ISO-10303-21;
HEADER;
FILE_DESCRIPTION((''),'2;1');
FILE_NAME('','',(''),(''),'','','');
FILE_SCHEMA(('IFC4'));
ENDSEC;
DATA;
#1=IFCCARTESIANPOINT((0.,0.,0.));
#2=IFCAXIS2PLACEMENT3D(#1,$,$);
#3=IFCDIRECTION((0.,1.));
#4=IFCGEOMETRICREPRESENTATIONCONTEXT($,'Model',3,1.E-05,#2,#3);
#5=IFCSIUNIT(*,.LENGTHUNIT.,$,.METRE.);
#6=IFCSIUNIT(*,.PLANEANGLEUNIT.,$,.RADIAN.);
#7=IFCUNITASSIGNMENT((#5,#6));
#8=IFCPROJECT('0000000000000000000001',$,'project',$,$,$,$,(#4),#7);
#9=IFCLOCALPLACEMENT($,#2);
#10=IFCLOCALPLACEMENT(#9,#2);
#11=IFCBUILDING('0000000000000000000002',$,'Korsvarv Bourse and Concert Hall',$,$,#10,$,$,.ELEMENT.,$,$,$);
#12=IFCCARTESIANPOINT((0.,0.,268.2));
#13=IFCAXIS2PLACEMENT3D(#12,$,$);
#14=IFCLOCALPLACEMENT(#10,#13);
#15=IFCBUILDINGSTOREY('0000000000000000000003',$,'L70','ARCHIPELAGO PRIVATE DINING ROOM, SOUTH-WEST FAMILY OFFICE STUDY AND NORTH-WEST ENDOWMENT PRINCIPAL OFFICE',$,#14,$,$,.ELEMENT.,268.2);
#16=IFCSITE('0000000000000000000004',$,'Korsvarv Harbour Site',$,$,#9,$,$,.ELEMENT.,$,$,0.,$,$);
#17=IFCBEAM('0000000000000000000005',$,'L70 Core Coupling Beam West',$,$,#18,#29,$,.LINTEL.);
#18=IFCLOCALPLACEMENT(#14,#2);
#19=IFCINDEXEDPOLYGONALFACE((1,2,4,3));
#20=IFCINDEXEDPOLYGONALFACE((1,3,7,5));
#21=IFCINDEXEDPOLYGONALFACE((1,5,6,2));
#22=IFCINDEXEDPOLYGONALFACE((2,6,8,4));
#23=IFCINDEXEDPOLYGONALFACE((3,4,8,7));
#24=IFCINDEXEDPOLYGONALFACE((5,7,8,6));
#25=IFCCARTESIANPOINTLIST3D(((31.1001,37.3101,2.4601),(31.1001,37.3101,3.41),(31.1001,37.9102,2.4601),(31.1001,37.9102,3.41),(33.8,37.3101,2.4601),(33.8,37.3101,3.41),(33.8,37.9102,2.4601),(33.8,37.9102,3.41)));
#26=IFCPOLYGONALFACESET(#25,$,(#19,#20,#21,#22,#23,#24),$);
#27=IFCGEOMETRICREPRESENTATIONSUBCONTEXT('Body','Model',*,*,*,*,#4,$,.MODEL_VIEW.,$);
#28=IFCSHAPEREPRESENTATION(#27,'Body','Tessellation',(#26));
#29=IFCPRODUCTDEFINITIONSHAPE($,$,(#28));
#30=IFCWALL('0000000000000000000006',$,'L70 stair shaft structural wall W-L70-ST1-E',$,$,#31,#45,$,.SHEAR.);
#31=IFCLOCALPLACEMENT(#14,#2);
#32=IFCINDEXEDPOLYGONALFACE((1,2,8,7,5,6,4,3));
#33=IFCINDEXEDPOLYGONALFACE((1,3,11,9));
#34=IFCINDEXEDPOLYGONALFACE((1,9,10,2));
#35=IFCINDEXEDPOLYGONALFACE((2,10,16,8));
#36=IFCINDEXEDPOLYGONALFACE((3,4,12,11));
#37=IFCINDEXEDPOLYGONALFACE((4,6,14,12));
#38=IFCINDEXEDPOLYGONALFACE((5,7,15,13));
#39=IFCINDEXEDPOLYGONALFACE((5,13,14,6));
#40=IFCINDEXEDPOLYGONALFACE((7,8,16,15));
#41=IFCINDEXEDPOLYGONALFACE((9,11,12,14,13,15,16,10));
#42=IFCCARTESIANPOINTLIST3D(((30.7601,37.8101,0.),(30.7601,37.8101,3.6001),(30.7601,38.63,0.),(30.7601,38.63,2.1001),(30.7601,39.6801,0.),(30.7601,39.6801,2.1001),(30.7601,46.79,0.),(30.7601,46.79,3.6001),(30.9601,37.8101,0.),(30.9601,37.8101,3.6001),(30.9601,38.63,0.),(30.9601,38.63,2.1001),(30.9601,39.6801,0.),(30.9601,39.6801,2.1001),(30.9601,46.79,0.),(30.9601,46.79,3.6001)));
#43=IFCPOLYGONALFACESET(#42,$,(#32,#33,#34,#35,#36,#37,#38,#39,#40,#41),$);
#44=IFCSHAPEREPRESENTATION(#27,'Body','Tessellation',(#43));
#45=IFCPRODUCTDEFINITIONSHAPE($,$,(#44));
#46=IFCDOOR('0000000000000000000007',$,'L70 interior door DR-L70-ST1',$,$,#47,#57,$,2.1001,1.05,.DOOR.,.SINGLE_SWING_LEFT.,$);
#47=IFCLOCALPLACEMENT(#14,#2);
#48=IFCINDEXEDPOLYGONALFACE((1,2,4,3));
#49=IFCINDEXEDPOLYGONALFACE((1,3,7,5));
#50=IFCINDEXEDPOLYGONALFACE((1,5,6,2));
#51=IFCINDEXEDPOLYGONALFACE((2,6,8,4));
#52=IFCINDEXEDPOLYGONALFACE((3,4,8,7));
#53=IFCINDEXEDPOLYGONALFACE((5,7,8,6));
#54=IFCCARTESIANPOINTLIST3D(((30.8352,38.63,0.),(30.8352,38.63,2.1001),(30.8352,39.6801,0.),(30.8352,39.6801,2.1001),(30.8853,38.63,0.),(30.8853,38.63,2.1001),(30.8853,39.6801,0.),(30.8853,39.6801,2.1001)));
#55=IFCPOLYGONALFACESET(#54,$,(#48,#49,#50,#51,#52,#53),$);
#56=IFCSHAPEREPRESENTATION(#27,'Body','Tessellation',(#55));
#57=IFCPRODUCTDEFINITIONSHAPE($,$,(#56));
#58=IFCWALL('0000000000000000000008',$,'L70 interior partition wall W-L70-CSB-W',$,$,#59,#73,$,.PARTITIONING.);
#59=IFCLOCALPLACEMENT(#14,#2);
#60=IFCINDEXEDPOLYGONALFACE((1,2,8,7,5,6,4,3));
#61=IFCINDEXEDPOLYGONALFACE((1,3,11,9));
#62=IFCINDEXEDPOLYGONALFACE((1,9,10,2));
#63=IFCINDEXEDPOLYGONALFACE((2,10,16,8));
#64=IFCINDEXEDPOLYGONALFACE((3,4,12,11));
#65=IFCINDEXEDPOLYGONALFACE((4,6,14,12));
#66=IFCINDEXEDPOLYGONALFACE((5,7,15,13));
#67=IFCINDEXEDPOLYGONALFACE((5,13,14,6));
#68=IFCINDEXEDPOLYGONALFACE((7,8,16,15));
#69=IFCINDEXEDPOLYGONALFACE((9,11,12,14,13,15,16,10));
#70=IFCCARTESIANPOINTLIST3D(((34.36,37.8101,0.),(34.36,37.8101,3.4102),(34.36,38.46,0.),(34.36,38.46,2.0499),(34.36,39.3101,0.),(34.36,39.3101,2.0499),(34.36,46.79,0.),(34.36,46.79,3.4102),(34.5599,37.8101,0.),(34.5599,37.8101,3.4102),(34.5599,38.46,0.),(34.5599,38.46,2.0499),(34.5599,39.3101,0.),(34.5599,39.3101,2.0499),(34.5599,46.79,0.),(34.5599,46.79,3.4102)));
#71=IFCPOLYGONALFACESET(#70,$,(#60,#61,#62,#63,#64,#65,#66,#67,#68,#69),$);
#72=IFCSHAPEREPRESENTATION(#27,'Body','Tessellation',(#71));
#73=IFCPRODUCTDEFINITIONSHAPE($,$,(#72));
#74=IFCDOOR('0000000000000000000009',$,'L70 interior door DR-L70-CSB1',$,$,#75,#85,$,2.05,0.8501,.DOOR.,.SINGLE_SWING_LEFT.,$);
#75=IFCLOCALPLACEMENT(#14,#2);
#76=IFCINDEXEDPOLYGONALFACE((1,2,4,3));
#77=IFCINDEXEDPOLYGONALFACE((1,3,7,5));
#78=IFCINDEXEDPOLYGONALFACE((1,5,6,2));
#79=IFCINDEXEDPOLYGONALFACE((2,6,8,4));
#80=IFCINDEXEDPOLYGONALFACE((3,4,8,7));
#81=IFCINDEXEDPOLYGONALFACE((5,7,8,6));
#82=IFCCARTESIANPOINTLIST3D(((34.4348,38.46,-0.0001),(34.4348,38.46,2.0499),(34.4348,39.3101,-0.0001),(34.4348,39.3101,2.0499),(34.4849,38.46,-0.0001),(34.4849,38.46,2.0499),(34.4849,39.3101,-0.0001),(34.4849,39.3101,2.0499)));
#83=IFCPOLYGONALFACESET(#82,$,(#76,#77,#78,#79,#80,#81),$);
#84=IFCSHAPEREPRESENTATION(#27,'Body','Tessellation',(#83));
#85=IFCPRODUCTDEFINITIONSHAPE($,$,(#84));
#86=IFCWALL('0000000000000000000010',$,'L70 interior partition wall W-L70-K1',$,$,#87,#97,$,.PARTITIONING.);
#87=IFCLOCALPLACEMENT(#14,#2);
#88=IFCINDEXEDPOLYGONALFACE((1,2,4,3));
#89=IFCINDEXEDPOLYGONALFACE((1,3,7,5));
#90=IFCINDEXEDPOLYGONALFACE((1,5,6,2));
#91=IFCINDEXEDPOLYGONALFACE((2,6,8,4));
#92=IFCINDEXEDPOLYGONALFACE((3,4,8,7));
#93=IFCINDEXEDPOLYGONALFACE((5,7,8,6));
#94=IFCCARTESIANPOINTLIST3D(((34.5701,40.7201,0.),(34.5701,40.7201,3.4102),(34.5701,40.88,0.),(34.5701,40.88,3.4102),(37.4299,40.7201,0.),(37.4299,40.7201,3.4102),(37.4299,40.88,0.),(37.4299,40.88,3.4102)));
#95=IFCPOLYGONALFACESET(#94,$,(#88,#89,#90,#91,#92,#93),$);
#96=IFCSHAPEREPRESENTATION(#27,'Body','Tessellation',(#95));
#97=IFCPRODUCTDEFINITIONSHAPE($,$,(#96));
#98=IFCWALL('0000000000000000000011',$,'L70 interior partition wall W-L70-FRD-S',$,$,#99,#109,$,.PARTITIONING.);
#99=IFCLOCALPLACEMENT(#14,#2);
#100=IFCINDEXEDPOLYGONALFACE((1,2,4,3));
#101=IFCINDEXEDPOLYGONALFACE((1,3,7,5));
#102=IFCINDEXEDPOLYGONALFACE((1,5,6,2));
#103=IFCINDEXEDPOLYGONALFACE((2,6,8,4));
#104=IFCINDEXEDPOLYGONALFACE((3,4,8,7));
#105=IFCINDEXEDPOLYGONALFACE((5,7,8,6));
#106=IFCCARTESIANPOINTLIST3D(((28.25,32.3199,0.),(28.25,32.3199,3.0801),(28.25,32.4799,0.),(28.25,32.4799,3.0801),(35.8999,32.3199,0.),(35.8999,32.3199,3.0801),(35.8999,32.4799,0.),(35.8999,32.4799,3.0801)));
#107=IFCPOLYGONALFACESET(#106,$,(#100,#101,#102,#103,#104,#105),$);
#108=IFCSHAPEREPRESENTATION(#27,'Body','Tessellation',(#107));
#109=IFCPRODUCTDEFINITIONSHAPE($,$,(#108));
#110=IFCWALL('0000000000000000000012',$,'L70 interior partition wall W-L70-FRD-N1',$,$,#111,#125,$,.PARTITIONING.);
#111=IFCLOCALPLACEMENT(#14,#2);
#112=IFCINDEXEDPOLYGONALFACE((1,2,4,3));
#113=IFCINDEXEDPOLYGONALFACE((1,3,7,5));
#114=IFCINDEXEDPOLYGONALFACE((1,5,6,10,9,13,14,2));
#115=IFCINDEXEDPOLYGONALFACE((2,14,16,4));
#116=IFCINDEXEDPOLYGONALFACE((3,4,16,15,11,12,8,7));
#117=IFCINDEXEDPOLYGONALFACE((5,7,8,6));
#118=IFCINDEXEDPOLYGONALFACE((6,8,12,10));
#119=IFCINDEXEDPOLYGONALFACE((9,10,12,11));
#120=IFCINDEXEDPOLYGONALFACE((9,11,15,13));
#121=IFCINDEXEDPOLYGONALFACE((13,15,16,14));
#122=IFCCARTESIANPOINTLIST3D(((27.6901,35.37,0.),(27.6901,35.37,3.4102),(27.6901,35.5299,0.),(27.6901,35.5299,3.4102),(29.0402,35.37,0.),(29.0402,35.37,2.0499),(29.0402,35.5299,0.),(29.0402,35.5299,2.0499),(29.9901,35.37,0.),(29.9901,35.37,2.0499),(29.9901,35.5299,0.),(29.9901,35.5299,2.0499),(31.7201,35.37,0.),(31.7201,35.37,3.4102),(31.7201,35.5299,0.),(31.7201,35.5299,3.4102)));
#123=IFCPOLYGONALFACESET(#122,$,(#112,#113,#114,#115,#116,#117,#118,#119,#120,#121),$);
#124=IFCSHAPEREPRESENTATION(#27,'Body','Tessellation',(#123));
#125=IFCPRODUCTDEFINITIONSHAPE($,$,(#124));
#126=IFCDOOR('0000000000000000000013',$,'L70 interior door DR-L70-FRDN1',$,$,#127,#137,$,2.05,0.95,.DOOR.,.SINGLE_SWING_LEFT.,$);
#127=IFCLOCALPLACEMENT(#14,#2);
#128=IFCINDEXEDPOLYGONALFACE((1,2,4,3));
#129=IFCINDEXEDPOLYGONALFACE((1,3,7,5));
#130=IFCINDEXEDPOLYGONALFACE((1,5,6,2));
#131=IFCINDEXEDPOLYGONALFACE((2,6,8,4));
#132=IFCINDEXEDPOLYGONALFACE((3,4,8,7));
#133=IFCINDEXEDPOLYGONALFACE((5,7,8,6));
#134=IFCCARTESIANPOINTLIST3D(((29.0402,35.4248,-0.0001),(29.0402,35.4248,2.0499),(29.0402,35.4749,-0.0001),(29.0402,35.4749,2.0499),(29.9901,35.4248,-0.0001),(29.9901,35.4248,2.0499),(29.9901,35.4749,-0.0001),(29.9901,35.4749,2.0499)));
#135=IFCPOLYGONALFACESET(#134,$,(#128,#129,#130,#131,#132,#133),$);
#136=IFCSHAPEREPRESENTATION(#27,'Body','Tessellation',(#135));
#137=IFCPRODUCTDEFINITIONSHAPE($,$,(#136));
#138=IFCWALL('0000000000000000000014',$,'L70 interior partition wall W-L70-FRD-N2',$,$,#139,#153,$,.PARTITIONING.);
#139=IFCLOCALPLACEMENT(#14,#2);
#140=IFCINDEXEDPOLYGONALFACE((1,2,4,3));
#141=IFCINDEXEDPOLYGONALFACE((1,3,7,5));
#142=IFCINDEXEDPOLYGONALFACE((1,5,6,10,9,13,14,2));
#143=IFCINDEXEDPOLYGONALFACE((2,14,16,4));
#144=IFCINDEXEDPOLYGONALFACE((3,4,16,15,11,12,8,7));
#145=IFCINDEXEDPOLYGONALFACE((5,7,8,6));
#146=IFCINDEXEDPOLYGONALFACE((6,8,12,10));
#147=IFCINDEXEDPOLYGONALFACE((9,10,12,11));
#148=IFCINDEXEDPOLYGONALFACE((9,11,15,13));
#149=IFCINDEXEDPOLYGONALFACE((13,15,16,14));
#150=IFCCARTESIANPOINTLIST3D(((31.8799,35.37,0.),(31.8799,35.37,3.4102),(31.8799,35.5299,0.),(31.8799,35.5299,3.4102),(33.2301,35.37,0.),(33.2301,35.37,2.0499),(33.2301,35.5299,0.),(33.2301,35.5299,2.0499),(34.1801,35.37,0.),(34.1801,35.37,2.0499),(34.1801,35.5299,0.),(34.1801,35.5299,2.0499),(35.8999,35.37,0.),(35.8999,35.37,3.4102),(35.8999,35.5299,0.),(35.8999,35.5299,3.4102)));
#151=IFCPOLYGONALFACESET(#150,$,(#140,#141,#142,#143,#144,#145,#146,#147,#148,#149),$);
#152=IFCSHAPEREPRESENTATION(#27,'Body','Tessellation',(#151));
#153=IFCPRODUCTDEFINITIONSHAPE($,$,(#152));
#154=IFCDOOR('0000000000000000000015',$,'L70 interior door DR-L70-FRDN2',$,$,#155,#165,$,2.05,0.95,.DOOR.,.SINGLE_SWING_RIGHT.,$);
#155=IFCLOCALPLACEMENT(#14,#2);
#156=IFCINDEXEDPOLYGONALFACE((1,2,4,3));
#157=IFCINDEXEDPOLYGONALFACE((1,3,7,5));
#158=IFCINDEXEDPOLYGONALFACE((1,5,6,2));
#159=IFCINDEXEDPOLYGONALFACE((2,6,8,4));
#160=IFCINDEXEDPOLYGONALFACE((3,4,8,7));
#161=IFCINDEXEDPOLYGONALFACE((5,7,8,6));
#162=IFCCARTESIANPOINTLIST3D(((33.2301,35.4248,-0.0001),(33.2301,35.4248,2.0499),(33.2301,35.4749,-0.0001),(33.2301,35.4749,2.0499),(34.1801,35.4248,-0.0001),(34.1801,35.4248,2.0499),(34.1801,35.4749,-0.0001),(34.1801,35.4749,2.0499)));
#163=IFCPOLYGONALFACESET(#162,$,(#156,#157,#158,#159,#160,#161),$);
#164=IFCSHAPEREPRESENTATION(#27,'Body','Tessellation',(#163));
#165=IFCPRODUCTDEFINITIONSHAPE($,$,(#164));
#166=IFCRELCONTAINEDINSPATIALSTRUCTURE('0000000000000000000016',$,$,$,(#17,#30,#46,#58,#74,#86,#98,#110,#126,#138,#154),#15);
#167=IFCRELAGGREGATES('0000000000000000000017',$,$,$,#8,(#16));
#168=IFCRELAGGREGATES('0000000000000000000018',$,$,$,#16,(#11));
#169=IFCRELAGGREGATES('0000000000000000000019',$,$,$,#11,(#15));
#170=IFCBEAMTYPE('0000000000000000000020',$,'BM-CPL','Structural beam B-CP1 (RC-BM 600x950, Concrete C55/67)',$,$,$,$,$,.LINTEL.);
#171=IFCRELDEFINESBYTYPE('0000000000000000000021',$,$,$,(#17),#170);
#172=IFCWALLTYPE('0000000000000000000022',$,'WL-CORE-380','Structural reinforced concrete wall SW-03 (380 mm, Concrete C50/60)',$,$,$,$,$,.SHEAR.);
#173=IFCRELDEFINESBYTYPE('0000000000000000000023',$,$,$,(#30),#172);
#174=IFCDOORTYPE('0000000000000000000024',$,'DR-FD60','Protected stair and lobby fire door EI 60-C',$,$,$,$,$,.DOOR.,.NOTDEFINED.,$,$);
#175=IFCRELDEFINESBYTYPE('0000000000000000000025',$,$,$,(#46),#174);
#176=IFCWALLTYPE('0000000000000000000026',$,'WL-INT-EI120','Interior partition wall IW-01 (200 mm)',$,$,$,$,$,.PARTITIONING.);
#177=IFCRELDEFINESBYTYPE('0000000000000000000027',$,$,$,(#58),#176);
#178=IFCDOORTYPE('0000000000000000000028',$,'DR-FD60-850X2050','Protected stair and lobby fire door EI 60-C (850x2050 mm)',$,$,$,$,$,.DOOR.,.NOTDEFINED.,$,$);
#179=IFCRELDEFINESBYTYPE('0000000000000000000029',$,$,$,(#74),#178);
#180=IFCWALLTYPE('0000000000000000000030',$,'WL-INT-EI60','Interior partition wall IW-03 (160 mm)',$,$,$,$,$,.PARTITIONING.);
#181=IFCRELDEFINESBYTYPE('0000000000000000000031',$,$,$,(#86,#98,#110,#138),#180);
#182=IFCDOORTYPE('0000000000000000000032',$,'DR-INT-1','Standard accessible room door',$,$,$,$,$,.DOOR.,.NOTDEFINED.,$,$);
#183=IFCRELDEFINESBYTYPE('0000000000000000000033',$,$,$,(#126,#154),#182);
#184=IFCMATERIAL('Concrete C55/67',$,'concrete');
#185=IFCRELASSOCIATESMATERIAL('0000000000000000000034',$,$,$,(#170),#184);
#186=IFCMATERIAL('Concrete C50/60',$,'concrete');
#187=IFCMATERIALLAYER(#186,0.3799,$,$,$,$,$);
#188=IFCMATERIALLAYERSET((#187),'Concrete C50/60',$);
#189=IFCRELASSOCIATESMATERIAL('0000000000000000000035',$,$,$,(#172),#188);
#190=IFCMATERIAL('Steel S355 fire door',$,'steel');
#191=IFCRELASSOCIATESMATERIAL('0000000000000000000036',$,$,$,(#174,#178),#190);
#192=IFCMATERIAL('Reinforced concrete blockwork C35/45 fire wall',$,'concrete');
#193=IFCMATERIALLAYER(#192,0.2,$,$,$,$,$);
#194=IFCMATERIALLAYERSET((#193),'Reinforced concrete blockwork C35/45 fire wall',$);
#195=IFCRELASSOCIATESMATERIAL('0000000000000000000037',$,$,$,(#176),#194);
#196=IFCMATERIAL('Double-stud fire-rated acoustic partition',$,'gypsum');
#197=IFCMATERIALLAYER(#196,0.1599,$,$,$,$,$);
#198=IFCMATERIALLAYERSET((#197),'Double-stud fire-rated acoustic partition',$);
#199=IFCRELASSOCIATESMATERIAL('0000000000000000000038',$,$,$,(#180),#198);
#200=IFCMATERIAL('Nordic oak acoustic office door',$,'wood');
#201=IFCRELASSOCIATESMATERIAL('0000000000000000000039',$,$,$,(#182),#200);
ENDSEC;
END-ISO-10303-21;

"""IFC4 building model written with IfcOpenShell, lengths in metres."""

from ifc_helpers import new_model, si_unit, direction, frame, frame_2d, origin, origin_2d, place, context, subcontext, project, spatial, rectangle, extrude, source, transform, mapped, material, layer, layer_set, material_profile, profile_set, type_object, element, fill, save


model = new_model("IFC4")

# Units and contexts
model_context = context("Model", 3, precision=1e-05, world=origin(), true_north=direction((0.0, 1.0)))
body_context = subcontext(model_context, "Body", "Model", "MODEL_VIEW")
ifc_project = project(units=[si_unit("LENGTHUNIT", "METRE"), si_unit("PLANEANGLEUNIT", "RADIAN")], contexts=[model_context])

# Site, building, storey
site_placement = place(None, origin())
site = spatial("IfcSite", under=ifc_project, at=site_placement, Name="Korsvarv Harbour Site", CompositionType="ELEMENT", RefElevation=0.0)
building_placement = place(site_placement, origin())
building = spatial("IfcBuilding", under=site, at=building_placement, Name="Korsvarv Bourse and Concert Hall", CompositionType="ELEMENT")
storey_placement = place(building_placement, frame((0.0, 0.0, 268.2)))
storey = spatial("IfcBuildingStorey", under=building, at=storey_placement, Name="L70", Description="ARCHIPELAGO PRIVATE DINING ROOM, SOUTH-WEST FAMILY OFFICE STUDY AND NORTH-WEST ENDOWMENT PRINCIPAL OFFICE", CompositionType="ELEMENT", Elevation=268.2)

# Beam
ifc_material_1 = material(Name="Concrete C55/67", Category="concrete")
ifc_material_profile = material_profile(ifc_material_1, rectangle(XDim=0.6001, YDim=0.95, at=origin_2d()), Name="RC-BM 600x950")
ifc_profile_set = profile_set([ifc_material_profile], Name="Concrete C55/67")
beam_type = type_object("IfcBeamType", Name="BM-CPL", Description="Structural beam B-CP1 (RC-BM 600x950, Concrete C55/67)", PredefinedType="LINTEL", material=ifc_profile_set)
shared_shape = source(origin(), body_context, "Body", "SweptSolid", [
    extrude(rectangle(XDim=0.6001, YDim=0.95, at=origin_2d()), origin(), (0.0, 0.0, 1.0), 2.7),
])
beam_placement = place(storey_placement, frame((31.1001, 37.6101, 2.9351), z_axis=(1.0, 0.0, 0.0), x_axis=(0.0, 1.0, 0.0)))
element("IfcBeam", 1, at=beam_placement, inside=storey, type_object=beam_type, Name="L70 Core Coupling Beam West", PredefinedType="LINTEL", context=body_context, shape_type="MappedRepresentation", body=[
    mapped(shared_shape, transform((0.0, 0.0, 0.0), scale=1.0)),
])

# Walls, openings, doors
ifc_material_2 = material(Name="Concrete C50/60", Category="concrete")
ifc_layer_1 = layer(ifc_material_2, 0.3799)
ifc_layer_set_1 = layer_set([ifc_layer_1], Name="Concrete C50/60")
wall_type_1 = type_object("IfcWallType", Name="WL-CORE-380", Description="Structural reinforced concrete wall SW-03 (380 mm, Concrete C50/60)", PredefinedType="SHEAR", material=ifc_layer_set_1)
wall_1_placement = place(storey_placement, frame((30.8601, 37.8101, 0.0), z_axis=(0.0, 0.0, 1.0), x_axis=(0.0, 1.0, 0.0)))
wall_1 = element("IfcWall", 2, at=wall_1_placement, inside=storey, type_object=wall_type_1, Name="L70 stair shaft structural wall W-L70-ST1-E", PredefinedType="SHEAR", context=body_context, shape_type="SweptSolid", body=[
    extrude(rectangle(XDim=8.98, YDim=0.2, at=frame_2d((4.49, 0.0))), origin(), (0.0, 0.0, 1.0), 3.6001),
])
opening_1_placement = place(wall_1_placement, frame((0.8201, 0.0, 0.0)))
opening_1 = element("IfcOpeningElement", 3, at=opening_1_placement, cuts=wall_1, PredefinedType="OPENING", context=body_context, shape_type="SweptSolid", body=[
    extrude(rectangle(XDim=1.05, YDim=2.1001, at=frame_2d((0.5249, 1.05))), frame((0.0, 0.1099, 0.0), z_axis=(0.0, -1.0, 0.0), x_axis=(1.0, 0.0, 0.0)), (0.0, 0.0, 1.0), 0.22),
])
ifc_material_3 = material(Name="Steel S355 fire door", Category="steel")
door_type_1 = type_object("IfcDoorType", Name="DR-FD60", Description="Protected stair and lobby fire door EI 60-C", OperationType="NOTDEFINED", PredefinedType="DOOR", material=ifc_material_3)
door_1_placement = place(opening_1_placement, origin())
door_1 = element("IfcDoor", 4, at=door_1_placement, inside=storey, type_object=door_type_1, Name="L70 interior door DR-L70-ST1", OperationType="SINGLE_SWING_LEFT", OverallHeight=2.1001, OverallWidth=1.05, PredefinedType="DOOR", context=body_context, shape_type="SweptSolid", body=[
    extrude(rectangle(XDim=1.05, YDim=2.1001, at=frame_2d((0.5249, 1.05))), frame((0.0, 0.0249, 0.0), z_axis=(0.0, -1.0, 0.0), x_axis=(1.0, 0.0, 0.0)), (0.0, 0.0, 1.0), 0.05),
])
fill(opening_1, door_1)
ifc_material_4 = material(Name="Reinforced concrete blockwork C35/45 fire wall", Category="concrete")
ifc_layer_2 = layer(ifc_material_4, 0.2)
ifc_layer_set_2 = layer_set([ifc_layer_2], Name="Reinforced concrete blockwork C35/45 fire wall")
wall_type_2 = type_object("IfcWallType", Name="WL-INT-EI120", Description="Interior partition wall IW-01 (200 mm)", PredefinedType="PARTITIONING", material=ifc_layer_set_2)
wall_2_placement = place(storey_placement, frame((34.46, 37.8101, 0.0), z_axis=(0.0, 0.0, 1.0), x_axis=(0.0, 1.0, 0.0)))
wall_2 = element("IfcWall", 5, at=wall_2_placement, inside=storey, type_object=wall_type_2, Name="L70 interior partition wall W-L70-CSB-W", PredefinedType="PARTITIONING", context=body_context, shape_type="SweptSolid", body=[
    extrude(rectangle(XDim=8.98, YDim=0.2, at=frame_2d((4.49, 0.0))), origin(), (0.0, 0.0, 1.0), 3.4102),
])
opening_2_placement = place(wall_2_placement, frame((0.6499, 0.0, 0.0)))
opening_2 = element("IfcOpeningElement", 6, at=opening_2_placement, cuts=wall_2, PredefinedType="OPENING", context=body_context, shape_type="SweptSolid", body=[
    extrude(rectangle(XDim=0.8501, YDim=2.05, at=frame_2d((0.425, 1.0249))), frame((0.0, 0.1099, 0.0), z_axis=(0.0, -1.0, 0.0), x_axis=(1.0, 0.0, 0.0)), (0.0, 0.0, 1.0), 0.22),
])
door_type_2 = type_object("IfcDoorType", Name="DR-FD60-850X2050", Description="Protected stair and lobby fire door EI 60-C (850x2050 mm)", OperationType="NOTDEFINED", PredefinedType="DOOR", material=ifc_material_3)
door_2_placement = place(opening_2_placement, frame((0.8501, 0.0, 0.0), z_axis=(0.0, 0.0, 1.0), x_axis=(-1.0, 0.0, 0.0)))
door_2 = element("IfcDoor", 7, at=door_2_placement, inside=storey, type_object=door_type_2, Name="L70 interior door DR-L70-CSB1", OperationType="SINGLE_SWING_LEFT", OverallHeight=2.05, OverallWidth=0.8501, PredefinedType="DOOR", context=body_context, shape_type="SweptSolid", body=[
    extrude(rectangle(XDim=0.8501, YDim=2.05, at=frame_2d((0.425, 1.0249))), frame((0.0, 0.0249, 0.0), z_axis=(0.0, -1.0, 0.0), x_axis=(1.0, 0.0, 0.0)), (0.0, 0.0, 1.0), 0.05),
])
fill(opening_2, door_2)

# Walls
ifc_material_5 = material(Name="Double-stud fire-rated acoustic partition", Category="gypsum")
ifc_layer_3 = layer(ifc_material_5, 0.1599)
ifc_layer_set_3 = layer_set([ifc_layer_3], Name="Double-stud fire-rated acoustic partition")
wall_type_3 = type_object("IfcWallType", Name="WL-INT-EI60", Description="Interior partition wall IW-03 (160 mm)", PredefinedType="PARTITIONING", material=ifc_layer_set_3)
wall_3_placement = place(storey_placement, frame((34.5701, 40.8, 0.0), z_axis=(0.0, 0.0, 1.0), x_axis=(1.0, 0.0, 0.0)))
element("IfcWall", 8, at=wall_3_placement, inside=storey, type_object=wall_type_3, Name="L70 interior partition wall W-L70-K1", PredefinedType="PARTITIONING", context=body_context, shape_type="SweptSolid", body=[
    extrude(rectangle(XDim=2.8599, YDim=0.1599, at=frame_2d((1.4299, 0.0))), origin(), (0.0, 0.0, 1.0), 3.4102),
])
wall_4_placement = place(storey_placement, frame((28.25, 32.3999, 0.0), z_axis=(0.0, 0.0, 1.0), x_axis=(1.0, 0.0, 0.0)))
element("IfcWall", 9, at=wall_4_placement, inside=storey, type_object=wall_type_3, Name="L70 interior partition wall W-L70-FRD-S", PredefinedType="PARTITIONING", context=body_context, shape_type="SweptSolid", body=[
    extrude(rectangle(XDim=7.6499, YDim=0.1599, at=frame_2d((3.825, 0.0))), origin(), (0.0, 0.0, 1.0), 3.0801),
])

# Walls, openings, doors
wall_5_placement = place(storey_placement, frame((27.6899, 35.45, 0.0), z_axis=(0.0, 0.0, 1.0), x_axis=(1.0, 0.0, 0.0)))
wall_5 = element("IfcWall", 10, at=wall_5_placement, inside=storey, type_object=wall_type_3, Name="L70 interior partition wall W-L70-FRD-N1", PredefinedType="PARTITIONING", context=body_context, shape_type="SweptSolid", body=[
    extrude(rectangle(XDim=4.03, YDim=0.1599, at=frame_2d((2.0151, 0.0))), origin(), (0.0, 0.0, 1.0), 3.4102),
])
opening_3_placement = place(wall_5_placement, frame((1.3501, 0.0, 0.0)))
opening_3 = element("IfcOpeningElement", 11, at=opening_3_placement, cuts=wall_5, PredefinedType="OPENING", context=body_context, shape_type="SweptSolid", body=[
    extrude(rectangle(XDim=0.95, YDim=2.05, at=frame_2d((0.4751, 1.0249))), frame((0.0, 0.0898, 0.0), z_axis=(0.0, -1.0, 0.0), x_axis=(1.0, 0.0, 0.0)), (0.0, 0.0, 1.0), 0.1799),
])
ifc_material_6 = material(Name="Nordic oak acoustic office door", Category="wood")
door_type_3 = type_object("IfcDoorType", Name="DR-INT-1", Description="Standard accessible room door", OperationType="NOTDEFINED", PredefinedType="DOOR", material=ifc_material_6)
door_3_placement = place(opening_3_placement, origin())
door_3 = element("IfcDoor", 12, at=door_3_placement, inside=storey, type_object=door_type_3, Name="L70 interior door DR-L70-FRDN1", OperationType="SINGLE_SWING_LEFT", OverallHeight=2.05, OverallWidth=0.95, PredefinedType="DOOR", context=body_context, shape_type="SweptSolid", body=[
    extrude(rectangle(XDim=0.95, YDim=2.05, at=frame_2d((0.4751, 1.0249))), frame((0.0, 0.0249, 0.0), z_axis=(0.0, -1.0, 0.0), x_axis=(1.0, 0.0, 0.0)), (0.0, 0.0, 1.0), 0.05),
])
fill(opening_3, door_3)
wall_6_placement = place(storey_placement, frame((31.8799, 35.45, 0.0), z_axis=(0.0, 0.0, 1.0), x_axis=(1.0, 0.0, 0.0)))
wall_6 = element("IfcWall", 13, at=wall_6_placement, inside=storey, type_object=wall_type_3, Name="L70 interior partition wall W-L70-FRD-N2", PredefinedType="PARTITIONING", context=body_context, shape_type="SweptSolid", body=[
    extrude(rectangle(XDim=4.02, YDim=0.1599, at=frame_2d((2.01, 0.0))), origin(), (0.0, 0.0, 1.0), 3.4102),
])
opening_4_placement = place(wall_6_placement, frame((1.3501, 0.0, 0.0)))
opening_4 = element("IfcOpeningElement", 14, at=opening_4_placement, cuts=wall_6, PredefinedType="OPENING", context=body_context, shape_type="SweptSolid", body=[
    extrude(rectangle(XDim=0.95, YDim=2.05, at=frame_2d((0.4751, 1.0249))), frame((0.0, 0.0898, 0.0), z_axis=(0.0, -1.0, 0.0), x_axis=(1.0, 0.0, 0.0)), (0.0, 0.0, 1.0), 0.1799),
])
door_4_placement = place(opening_4_placement, origin())
door_4 = element("IfcDoor", 15, at=door_4_placement, inside=storey, type_object=door_type_3, Name="L70 interior door DR-L70-FRDN2", OperationType="SINGLE_SWING_RIGHT", OverallHeight=2.05, OverallWidth=0.95, PredefinedType="DOOR", context=body_context, shape_type="SweptSolid", body=[
    extrude(rectangle(XDim=0.95, YDim=2.05, at=frame_2d((0.4751, 1.0249))), frame((0.0, 0.0249, 0.0), z_axis=(0.0, -1.0, 0.0), x_axis=(1.0, 0.0, 0.0)), (0.0, 0.0, 1.0), 0.05),
])
fill(opening_4, door_4)

save(model, "model.ifc")
